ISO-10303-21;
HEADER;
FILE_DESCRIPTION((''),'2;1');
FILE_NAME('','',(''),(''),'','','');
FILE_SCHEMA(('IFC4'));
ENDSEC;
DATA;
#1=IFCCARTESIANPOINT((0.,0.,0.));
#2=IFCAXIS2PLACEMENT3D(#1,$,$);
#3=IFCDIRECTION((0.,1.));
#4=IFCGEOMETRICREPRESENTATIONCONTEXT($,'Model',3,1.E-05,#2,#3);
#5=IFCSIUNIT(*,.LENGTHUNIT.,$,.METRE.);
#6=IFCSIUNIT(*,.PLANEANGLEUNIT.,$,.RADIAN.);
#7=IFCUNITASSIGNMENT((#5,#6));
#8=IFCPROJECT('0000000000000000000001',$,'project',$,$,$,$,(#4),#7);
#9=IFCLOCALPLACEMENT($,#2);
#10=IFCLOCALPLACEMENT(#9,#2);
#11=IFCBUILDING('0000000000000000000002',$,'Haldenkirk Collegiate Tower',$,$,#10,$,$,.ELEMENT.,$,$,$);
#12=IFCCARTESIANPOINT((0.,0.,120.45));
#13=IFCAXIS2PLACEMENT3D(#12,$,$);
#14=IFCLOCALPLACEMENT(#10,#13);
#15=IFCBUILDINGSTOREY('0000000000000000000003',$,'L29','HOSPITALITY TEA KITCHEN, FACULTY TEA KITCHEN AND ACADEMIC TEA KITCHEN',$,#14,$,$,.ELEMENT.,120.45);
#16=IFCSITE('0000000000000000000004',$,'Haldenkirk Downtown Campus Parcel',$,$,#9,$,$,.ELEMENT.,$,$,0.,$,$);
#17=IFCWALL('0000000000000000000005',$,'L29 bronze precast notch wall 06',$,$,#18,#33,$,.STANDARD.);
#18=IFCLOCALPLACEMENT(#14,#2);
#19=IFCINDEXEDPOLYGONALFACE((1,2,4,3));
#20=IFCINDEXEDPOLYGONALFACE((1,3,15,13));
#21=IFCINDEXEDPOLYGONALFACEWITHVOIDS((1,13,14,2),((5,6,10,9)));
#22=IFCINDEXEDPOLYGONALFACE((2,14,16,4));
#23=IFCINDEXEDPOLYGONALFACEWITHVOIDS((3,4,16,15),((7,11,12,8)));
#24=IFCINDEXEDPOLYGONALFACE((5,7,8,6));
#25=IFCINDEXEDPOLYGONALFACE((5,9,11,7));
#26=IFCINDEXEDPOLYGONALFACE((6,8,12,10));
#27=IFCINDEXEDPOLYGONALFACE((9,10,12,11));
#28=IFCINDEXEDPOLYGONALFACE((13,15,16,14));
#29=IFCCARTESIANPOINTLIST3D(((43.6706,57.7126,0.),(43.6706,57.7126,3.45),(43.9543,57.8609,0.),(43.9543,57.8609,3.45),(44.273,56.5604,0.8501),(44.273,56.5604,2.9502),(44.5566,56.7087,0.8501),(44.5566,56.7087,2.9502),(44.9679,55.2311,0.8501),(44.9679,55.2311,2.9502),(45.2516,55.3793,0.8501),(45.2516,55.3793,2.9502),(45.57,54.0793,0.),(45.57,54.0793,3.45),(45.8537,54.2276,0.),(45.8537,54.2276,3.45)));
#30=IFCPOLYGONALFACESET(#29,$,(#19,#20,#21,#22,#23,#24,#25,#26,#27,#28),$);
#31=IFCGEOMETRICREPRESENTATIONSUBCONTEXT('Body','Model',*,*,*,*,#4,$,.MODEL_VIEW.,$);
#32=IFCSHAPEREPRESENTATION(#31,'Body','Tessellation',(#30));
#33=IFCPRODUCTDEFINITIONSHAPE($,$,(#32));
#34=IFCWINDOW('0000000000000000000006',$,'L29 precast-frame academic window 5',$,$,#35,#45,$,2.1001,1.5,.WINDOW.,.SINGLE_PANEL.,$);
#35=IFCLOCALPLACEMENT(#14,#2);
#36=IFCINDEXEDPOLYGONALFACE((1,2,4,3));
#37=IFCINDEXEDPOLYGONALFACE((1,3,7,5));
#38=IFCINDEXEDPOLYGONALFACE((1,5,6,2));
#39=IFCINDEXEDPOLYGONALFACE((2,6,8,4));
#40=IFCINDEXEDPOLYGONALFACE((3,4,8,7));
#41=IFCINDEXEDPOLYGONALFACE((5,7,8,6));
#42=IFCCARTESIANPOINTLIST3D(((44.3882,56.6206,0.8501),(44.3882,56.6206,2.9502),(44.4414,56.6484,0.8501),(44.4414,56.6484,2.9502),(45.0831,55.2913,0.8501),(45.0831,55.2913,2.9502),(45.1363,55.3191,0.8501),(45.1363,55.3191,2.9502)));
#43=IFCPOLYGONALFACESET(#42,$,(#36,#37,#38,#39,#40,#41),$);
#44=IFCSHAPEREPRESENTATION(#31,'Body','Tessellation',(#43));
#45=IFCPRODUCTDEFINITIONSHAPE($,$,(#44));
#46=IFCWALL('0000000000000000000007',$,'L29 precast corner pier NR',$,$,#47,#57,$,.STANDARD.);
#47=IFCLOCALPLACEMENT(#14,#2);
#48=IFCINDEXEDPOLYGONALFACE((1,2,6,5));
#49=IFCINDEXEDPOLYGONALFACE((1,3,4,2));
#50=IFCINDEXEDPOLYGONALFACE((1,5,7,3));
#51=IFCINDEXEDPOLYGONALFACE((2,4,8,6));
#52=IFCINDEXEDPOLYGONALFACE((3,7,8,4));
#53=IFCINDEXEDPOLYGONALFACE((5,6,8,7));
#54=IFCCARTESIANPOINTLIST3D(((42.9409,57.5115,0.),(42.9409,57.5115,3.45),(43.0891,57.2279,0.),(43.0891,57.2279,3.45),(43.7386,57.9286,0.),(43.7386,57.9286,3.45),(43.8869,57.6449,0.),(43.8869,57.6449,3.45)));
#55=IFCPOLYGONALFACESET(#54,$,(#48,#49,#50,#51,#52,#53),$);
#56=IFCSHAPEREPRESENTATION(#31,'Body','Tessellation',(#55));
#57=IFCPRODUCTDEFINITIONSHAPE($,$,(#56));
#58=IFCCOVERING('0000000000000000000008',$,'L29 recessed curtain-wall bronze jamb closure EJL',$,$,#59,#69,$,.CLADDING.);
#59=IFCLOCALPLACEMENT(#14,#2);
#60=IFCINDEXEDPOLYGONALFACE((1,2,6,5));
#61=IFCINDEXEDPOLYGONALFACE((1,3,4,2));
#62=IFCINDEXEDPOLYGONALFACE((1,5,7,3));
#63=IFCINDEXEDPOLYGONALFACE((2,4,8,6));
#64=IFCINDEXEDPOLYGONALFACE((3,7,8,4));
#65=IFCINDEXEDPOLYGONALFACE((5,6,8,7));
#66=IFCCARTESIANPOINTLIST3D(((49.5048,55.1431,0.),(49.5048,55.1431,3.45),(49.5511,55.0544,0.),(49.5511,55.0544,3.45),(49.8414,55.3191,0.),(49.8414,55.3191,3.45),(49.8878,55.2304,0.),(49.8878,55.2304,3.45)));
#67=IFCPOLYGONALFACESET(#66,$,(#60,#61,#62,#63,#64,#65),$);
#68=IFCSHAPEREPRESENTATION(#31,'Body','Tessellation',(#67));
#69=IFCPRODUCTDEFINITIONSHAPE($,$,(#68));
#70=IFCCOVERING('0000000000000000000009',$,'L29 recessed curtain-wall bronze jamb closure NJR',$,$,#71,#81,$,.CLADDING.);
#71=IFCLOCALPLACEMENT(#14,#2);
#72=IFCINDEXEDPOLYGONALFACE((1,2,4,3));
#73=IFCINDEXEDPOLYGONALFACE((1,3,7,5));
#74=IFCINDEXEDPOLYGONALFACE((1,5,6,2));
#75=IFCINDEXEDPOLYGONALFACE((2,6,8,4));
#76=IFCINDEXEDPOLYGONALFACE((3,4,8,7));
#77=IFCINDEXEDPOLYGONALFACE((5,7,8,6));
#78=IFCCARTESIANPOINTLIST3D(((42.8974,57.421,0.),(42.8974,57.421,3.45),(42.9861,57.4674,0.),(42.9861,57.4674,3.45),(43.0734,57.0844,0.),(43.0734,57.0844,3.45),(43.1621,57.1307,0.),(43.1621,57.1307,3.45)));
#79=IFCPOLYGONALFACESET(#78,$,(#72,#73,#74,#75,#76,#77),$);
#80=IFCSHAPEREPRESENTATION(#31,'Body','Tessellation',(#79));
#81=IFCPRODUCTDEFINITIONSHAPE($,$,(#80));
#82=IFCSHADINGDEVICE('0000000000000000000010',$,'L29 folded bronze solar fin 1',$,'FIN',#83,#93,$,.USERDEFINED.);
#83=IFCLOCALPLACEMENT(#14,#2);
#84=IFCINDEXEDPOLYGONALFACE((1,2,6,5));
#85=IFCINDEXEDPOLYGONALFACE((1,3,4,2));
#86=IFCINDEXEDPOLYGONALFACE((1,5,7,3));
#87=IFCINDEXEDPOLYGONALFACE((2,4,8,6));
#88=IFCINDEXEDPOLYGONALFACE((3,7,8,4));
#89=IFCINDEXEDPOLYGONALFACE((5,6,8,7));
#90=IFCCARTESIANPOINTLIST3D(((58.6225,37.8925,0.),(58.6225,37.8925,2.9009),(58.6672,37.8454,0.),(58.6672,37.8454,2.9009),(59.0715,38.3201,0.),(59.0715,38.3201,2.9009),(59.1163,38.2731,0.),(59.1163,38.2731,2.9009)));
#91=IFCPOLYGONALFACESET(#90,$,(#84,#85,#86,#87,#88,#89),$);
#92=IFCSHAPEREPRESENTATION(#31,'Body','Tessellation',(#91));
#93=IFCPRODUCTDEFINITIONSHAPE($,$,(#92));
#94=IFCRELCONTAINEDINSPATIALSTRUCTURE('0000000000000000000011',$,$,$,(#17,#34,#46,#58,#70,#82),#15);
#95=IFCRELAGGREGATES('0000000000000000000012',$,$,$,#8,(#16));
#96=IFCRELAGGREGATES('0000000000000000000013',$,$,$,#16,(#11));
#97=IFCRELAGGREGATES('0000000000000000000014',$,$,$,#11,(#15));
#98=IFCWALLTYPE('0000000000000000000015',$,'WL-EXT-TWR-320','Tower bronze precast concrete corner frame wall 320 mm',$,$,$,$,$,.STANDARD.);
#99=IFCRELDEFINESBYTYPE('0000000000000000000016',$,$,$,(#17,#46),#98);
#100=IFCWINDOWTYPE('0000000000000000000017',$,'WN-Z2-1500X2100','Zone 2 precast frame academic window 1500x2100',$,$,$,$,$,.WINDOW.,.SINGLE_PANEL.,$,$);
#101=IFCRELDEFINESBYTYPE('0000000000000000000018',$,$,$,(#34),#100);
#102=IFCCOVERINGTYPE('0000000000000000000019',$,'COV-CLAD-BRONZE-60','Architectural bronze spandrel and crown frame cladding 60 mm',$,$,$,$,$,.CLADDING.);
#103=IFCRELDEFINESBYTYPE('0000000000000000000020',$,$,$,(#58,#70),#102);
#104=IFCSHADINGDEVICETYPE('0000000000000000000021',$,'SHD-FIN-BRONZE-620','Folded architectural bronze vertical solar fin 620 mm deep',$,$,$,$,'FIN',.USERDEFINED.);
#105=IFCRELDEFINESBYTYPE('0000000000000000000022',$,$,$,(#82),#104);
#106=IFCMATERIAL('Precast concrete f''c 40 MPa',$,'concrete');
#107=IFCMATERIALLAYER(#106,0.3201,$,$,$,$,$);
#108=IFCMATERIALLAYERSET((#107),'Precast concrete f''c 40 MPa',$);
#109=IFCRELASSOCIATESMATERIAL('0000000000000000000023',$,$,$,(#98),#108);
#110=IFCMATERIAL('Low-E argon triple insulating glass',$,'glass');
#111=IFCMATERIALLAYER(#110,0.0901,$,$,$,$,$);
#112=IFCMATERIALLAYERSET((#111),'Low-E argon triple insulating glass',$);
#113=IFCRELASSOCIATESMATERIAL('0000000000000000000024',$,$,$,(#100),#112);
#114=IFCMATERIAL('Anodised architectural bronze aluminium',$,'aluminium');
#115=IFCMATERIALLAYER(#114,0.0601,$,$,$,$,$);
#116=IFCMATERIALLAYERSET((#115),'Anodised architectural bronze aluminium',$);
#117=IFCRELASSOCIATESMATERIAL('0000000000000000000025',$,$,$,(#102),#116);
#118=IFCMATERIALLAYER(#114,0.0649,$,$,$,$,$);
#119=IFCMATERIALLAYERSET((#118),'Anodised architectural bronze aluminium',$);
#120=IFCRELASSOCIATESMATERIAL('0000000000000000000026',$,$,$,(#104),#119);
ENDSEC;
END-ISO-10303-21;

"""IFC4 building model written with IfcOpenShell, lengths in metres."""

from ifc_helpers import new_model, si_unit, direction, frame, frame_2d, origin, origin_2d, place, context, subcontext, project, spatial, rectangle, extrude, source, transform, mapped, material, layer, layer_set, type_object, element, fill, save


model = new_model("IFC4")

# Units and contexts
model_context = context("Model", 3, precision=1e-05, world=origin(), true_north=direction((0.0, 1.0)))
body_context = subcontext(model_context, "Body", "Model", "MODEL_VIEW")
ifc_project = project(units=[si_unit("LENGTHUNIT", "METRE"), si_unit("PLANEANGLEUNIT", "RADIAN")], contexts=[model_context])

# Site, building, storey
site_placement = place(None, origin())
site = spatial("IfcSite", under=ifc_project, at=site_placement, Name="Haldenkirk Downtown Campus Parcel", CompositionType="ELEMENT", RefElevation=0.0)
building_placement = place(site_placement, origin())
building = spatial("IfcBuilding", under=site, at=building_placement, Name="Haldenkirk Collegiate Tower", CompositionType="ELEMENT")
storey_placement = place(building_placement, frame((0.0, 0.0, 120.45)))
storey = spatial("IfcBuildingStorey", under=building, at=storey_placement, Name="L29", Description="HOSPITALITY TEA KITCHEN, FACULTY TEA KITCHEN AND ACADEMIC TEA KITCHEN", CompositionType="ELEMENT", Elevation=120.45)

# Shared definitions
ifc_material_1 = material(Name="Anodised architectural bronze aluminium", Category="aluminium")

# Shared definitions
ifc_material_2 = material(Name="Low-E argon triple insulating glass", Category="glass")

# Shared definitions
ifc_material_3 = material(Name="Precast concrete f'c 40 MPa", Category="concrete")
ifc_layer_1 = layer(ifc_material_3, 0.3201)
ifc_layer_set_1 = layer_set([ifc_layer_1], Name="Precast concrete f'c 40 MPa")
wall_type = type_object("IfcWallType", Name="WL-EXT-TWR-320", Description="Tower bronze precast concrete corner frame wall 320 mm", PredefinedType="STANDARD", material=ifc_layer_set_1)

# Wall, opening, window
wall_1_placement = place(storey_placement, frame((43.8125, 57.7866, 0.0), z_axis=(0.0, 0.0, 1.0), x_axis=(0.46329, -0.886207, 0.0)))
wall_1 = element("IfcWall", 1, at=wall_1_placement, inside=storey, type_object=wall_type, Name="L29 bronze precast notch wall 06", PredefinedType="STANDARD", context=body_context, shape_type="SweptSolid", body=[
    extrude(rectangle(XDim=4.0999, YDim=0.3201, at=frame_2d((2.0498, 0.0))), origin(), (0.0, 0.0, 1.0), 3.45),
])
opening_placement = place(wall_1_placement, frame((1.3, 0.0, 0.8501)))
opening = element("IfcOpeningElement", 2, at=opening_placement, cuts=wall_1, PredefinedType="OPENING", context=body_context, shape_type="SweptSolid", body=[
    extrude(rectangle(XDim=1.5, YDim=2.1001, at=frame_2d((0.75, 1.05))), frame((0.0, 0.1699, 0.0), z_axis=(0.0, -1.0, 0.0), x_axis=(1.0, 0.0, 0.0)), (0.0, 0.0, 1.0), 0.3401),
])
ifc_layer_2 = layer(ifc_material_2, 0.0901)
ifc_layer_set_2 = layer_set([ifc_layer_2], Name="Low-E argon triple insulating glass")
window_type = type_object("IfcWindowType", Name="WN-Z2-1500X2100", Description="Zone 2 precast frame academic window 1500x2100", PartitioningType="SINGLE_PANEL", PredefinedType="WINDOW", material=ifc_layer_set_2)
window_placement = place(opening_placement, origin())
window = element("IfcWindow", 3, at=window_placement, inside=storey, type_object=window_type, Name="L29 precast-frame academic window 5", OverallHeight=2.1001, OverallWidth=1.5, PartitioningType="SINGLE_PANEL", PredefinedType="WINDOW", context=body_context, shape_type="SweptSolid", body=[
    extrude(rectangle(XDim=1.5, YDim=2.1001, at=frame_2d((0.75, 1.05))), frame((0.0, 0.03, 0.0), z_axis=(0.0, -1.0, 0.0), x_axis=(1.0, 0.0, 0.0)), (0.0, 0.0, 1.0), 0.0601),
])
fill(opening, window)

# Wall
wall_2_placement = place(storey_placement, frame((43.0149, 57.3696, 0.0), z_axis=(0.0, 0.0, 1.0), x_axis=(0.886198, 0.463307, 0.0)))
element("IfcWall", 4, at=wall_2_placement, inside=storey, type_object=wall_type, Name="L29 precast corner pier NR", PredefinedType="STANDARD", context=body_context, shape_type="SweptSolid", body=[
    extrude(rectangle(XDim=0.9001, YDim=0.3201, at=frame_2d((0.4502, 0.0))), origin(), (0.0, 0.0, 1.0), 3.45),
])

# Coverings
ifc_layer_3 = layer(ifc_material_1, 0.0601)
ifc_layer_set_3 = layer_set([ifc_layer_3], Name="Anodised architectural bronze aluminium")
covering_type = type_object("IfcCoveringType", Name="COV-CLAD-BRONZE-60", Description="Architectural bronze spandrel and crown frame cladding 60 mm", PredefinedType="CLADDING", material=ifc_layer_set_3)
shared_shape_1 = source(origin(), body_context, "Body", "SweptSolid", [
    extrude(rectangle(XDim=0.1001, YDim=0.3799, at=origin_2d()), origin(), (0.0, 0.0, 1.0), 3.45),
])
for number, where, z_axis, x_axis, name in (
    (5, (49.6963, 55.1868, 0.0), (0.0, 0.0, 1.0), (0.463296, -0.886204, 0.0), "L29 recessed curtain-wall bronze jamb closure EJL"),
    (6, (43.0298, 57.2759, 0.0), (0.0, 0.0, 1.0), (0.886204, 0.463296, 0.0), "L29 recessed curtain-wall bronze jamb closure NJR"),
):
    element("IfcCovering", number, at=place(storey_placement, frame(where, z_axis=z_axis, x_axis=x_axis)), inside=storey, type_object=covering_type, Name=name, PredefinedType="CLADDING", context=body_context, shape_type="MappedRepresentation", body=[
        mapped(shared_shape_1, transform((0.0, 0.0, 0.0), x_axis=(1.0, 0.0, 0.0), y_axis=(0.0, 1.0, 0.0), z_axis=(0.0, 0.0, 1.0), scale=1.0)),
    ])

# Shading device
ifc_layer_4 = layer(ifc_material_1, 0.0649)
ifc_layer_set_4 = layer_set([ifc_layer_4], Name="Anodised architectural bronze aluminium")
shading_device_type = type_object("IfcShadingDeviceType", Name="SHD-FIN-BRONZE-620", Description="Folded architectural bronze vertical solar fin 620 mm deep", ElementType="FIN", PredefinedType="USERDEFINED", material=ifc_layer_set_4)
shared_shape_2 = source(origin(), body_context, "Body", "SweptSolid", [
    extrude(rectangle(XDim=0.6201, YDim=0.0649, at=origin_2d()), origin(), (0.0, 0.0, 1.0), 2.9009),
])
shading_device_placement = place(storey_placement, frame((58.8694, 38.0828, 0.0), z_axis=(0.0, 0.0, 1.0), x_axis=(0.724172, 0.68962, 0.0)))
element("IfcShadingDevice", 7, at=shading_device_placement, inside=storey, type_object=shading_device_type, Name="L29 folded bronze solar fin 1", ObjectType="FIN", PredefinedType="USERDEFINED", context=body_context, shape_type="MappedRepresentation", body=[
    mapped(shared_shape_2, transform((0.0, 0.0, 0.0), x_axis=(1.0, 0.0, 0.0), y_axis=(0.0, 1.0, 0.0), z_axis=(0.0, 0.0, 1.0), scale=1.0)),
])

save(model, "model.ifc")
